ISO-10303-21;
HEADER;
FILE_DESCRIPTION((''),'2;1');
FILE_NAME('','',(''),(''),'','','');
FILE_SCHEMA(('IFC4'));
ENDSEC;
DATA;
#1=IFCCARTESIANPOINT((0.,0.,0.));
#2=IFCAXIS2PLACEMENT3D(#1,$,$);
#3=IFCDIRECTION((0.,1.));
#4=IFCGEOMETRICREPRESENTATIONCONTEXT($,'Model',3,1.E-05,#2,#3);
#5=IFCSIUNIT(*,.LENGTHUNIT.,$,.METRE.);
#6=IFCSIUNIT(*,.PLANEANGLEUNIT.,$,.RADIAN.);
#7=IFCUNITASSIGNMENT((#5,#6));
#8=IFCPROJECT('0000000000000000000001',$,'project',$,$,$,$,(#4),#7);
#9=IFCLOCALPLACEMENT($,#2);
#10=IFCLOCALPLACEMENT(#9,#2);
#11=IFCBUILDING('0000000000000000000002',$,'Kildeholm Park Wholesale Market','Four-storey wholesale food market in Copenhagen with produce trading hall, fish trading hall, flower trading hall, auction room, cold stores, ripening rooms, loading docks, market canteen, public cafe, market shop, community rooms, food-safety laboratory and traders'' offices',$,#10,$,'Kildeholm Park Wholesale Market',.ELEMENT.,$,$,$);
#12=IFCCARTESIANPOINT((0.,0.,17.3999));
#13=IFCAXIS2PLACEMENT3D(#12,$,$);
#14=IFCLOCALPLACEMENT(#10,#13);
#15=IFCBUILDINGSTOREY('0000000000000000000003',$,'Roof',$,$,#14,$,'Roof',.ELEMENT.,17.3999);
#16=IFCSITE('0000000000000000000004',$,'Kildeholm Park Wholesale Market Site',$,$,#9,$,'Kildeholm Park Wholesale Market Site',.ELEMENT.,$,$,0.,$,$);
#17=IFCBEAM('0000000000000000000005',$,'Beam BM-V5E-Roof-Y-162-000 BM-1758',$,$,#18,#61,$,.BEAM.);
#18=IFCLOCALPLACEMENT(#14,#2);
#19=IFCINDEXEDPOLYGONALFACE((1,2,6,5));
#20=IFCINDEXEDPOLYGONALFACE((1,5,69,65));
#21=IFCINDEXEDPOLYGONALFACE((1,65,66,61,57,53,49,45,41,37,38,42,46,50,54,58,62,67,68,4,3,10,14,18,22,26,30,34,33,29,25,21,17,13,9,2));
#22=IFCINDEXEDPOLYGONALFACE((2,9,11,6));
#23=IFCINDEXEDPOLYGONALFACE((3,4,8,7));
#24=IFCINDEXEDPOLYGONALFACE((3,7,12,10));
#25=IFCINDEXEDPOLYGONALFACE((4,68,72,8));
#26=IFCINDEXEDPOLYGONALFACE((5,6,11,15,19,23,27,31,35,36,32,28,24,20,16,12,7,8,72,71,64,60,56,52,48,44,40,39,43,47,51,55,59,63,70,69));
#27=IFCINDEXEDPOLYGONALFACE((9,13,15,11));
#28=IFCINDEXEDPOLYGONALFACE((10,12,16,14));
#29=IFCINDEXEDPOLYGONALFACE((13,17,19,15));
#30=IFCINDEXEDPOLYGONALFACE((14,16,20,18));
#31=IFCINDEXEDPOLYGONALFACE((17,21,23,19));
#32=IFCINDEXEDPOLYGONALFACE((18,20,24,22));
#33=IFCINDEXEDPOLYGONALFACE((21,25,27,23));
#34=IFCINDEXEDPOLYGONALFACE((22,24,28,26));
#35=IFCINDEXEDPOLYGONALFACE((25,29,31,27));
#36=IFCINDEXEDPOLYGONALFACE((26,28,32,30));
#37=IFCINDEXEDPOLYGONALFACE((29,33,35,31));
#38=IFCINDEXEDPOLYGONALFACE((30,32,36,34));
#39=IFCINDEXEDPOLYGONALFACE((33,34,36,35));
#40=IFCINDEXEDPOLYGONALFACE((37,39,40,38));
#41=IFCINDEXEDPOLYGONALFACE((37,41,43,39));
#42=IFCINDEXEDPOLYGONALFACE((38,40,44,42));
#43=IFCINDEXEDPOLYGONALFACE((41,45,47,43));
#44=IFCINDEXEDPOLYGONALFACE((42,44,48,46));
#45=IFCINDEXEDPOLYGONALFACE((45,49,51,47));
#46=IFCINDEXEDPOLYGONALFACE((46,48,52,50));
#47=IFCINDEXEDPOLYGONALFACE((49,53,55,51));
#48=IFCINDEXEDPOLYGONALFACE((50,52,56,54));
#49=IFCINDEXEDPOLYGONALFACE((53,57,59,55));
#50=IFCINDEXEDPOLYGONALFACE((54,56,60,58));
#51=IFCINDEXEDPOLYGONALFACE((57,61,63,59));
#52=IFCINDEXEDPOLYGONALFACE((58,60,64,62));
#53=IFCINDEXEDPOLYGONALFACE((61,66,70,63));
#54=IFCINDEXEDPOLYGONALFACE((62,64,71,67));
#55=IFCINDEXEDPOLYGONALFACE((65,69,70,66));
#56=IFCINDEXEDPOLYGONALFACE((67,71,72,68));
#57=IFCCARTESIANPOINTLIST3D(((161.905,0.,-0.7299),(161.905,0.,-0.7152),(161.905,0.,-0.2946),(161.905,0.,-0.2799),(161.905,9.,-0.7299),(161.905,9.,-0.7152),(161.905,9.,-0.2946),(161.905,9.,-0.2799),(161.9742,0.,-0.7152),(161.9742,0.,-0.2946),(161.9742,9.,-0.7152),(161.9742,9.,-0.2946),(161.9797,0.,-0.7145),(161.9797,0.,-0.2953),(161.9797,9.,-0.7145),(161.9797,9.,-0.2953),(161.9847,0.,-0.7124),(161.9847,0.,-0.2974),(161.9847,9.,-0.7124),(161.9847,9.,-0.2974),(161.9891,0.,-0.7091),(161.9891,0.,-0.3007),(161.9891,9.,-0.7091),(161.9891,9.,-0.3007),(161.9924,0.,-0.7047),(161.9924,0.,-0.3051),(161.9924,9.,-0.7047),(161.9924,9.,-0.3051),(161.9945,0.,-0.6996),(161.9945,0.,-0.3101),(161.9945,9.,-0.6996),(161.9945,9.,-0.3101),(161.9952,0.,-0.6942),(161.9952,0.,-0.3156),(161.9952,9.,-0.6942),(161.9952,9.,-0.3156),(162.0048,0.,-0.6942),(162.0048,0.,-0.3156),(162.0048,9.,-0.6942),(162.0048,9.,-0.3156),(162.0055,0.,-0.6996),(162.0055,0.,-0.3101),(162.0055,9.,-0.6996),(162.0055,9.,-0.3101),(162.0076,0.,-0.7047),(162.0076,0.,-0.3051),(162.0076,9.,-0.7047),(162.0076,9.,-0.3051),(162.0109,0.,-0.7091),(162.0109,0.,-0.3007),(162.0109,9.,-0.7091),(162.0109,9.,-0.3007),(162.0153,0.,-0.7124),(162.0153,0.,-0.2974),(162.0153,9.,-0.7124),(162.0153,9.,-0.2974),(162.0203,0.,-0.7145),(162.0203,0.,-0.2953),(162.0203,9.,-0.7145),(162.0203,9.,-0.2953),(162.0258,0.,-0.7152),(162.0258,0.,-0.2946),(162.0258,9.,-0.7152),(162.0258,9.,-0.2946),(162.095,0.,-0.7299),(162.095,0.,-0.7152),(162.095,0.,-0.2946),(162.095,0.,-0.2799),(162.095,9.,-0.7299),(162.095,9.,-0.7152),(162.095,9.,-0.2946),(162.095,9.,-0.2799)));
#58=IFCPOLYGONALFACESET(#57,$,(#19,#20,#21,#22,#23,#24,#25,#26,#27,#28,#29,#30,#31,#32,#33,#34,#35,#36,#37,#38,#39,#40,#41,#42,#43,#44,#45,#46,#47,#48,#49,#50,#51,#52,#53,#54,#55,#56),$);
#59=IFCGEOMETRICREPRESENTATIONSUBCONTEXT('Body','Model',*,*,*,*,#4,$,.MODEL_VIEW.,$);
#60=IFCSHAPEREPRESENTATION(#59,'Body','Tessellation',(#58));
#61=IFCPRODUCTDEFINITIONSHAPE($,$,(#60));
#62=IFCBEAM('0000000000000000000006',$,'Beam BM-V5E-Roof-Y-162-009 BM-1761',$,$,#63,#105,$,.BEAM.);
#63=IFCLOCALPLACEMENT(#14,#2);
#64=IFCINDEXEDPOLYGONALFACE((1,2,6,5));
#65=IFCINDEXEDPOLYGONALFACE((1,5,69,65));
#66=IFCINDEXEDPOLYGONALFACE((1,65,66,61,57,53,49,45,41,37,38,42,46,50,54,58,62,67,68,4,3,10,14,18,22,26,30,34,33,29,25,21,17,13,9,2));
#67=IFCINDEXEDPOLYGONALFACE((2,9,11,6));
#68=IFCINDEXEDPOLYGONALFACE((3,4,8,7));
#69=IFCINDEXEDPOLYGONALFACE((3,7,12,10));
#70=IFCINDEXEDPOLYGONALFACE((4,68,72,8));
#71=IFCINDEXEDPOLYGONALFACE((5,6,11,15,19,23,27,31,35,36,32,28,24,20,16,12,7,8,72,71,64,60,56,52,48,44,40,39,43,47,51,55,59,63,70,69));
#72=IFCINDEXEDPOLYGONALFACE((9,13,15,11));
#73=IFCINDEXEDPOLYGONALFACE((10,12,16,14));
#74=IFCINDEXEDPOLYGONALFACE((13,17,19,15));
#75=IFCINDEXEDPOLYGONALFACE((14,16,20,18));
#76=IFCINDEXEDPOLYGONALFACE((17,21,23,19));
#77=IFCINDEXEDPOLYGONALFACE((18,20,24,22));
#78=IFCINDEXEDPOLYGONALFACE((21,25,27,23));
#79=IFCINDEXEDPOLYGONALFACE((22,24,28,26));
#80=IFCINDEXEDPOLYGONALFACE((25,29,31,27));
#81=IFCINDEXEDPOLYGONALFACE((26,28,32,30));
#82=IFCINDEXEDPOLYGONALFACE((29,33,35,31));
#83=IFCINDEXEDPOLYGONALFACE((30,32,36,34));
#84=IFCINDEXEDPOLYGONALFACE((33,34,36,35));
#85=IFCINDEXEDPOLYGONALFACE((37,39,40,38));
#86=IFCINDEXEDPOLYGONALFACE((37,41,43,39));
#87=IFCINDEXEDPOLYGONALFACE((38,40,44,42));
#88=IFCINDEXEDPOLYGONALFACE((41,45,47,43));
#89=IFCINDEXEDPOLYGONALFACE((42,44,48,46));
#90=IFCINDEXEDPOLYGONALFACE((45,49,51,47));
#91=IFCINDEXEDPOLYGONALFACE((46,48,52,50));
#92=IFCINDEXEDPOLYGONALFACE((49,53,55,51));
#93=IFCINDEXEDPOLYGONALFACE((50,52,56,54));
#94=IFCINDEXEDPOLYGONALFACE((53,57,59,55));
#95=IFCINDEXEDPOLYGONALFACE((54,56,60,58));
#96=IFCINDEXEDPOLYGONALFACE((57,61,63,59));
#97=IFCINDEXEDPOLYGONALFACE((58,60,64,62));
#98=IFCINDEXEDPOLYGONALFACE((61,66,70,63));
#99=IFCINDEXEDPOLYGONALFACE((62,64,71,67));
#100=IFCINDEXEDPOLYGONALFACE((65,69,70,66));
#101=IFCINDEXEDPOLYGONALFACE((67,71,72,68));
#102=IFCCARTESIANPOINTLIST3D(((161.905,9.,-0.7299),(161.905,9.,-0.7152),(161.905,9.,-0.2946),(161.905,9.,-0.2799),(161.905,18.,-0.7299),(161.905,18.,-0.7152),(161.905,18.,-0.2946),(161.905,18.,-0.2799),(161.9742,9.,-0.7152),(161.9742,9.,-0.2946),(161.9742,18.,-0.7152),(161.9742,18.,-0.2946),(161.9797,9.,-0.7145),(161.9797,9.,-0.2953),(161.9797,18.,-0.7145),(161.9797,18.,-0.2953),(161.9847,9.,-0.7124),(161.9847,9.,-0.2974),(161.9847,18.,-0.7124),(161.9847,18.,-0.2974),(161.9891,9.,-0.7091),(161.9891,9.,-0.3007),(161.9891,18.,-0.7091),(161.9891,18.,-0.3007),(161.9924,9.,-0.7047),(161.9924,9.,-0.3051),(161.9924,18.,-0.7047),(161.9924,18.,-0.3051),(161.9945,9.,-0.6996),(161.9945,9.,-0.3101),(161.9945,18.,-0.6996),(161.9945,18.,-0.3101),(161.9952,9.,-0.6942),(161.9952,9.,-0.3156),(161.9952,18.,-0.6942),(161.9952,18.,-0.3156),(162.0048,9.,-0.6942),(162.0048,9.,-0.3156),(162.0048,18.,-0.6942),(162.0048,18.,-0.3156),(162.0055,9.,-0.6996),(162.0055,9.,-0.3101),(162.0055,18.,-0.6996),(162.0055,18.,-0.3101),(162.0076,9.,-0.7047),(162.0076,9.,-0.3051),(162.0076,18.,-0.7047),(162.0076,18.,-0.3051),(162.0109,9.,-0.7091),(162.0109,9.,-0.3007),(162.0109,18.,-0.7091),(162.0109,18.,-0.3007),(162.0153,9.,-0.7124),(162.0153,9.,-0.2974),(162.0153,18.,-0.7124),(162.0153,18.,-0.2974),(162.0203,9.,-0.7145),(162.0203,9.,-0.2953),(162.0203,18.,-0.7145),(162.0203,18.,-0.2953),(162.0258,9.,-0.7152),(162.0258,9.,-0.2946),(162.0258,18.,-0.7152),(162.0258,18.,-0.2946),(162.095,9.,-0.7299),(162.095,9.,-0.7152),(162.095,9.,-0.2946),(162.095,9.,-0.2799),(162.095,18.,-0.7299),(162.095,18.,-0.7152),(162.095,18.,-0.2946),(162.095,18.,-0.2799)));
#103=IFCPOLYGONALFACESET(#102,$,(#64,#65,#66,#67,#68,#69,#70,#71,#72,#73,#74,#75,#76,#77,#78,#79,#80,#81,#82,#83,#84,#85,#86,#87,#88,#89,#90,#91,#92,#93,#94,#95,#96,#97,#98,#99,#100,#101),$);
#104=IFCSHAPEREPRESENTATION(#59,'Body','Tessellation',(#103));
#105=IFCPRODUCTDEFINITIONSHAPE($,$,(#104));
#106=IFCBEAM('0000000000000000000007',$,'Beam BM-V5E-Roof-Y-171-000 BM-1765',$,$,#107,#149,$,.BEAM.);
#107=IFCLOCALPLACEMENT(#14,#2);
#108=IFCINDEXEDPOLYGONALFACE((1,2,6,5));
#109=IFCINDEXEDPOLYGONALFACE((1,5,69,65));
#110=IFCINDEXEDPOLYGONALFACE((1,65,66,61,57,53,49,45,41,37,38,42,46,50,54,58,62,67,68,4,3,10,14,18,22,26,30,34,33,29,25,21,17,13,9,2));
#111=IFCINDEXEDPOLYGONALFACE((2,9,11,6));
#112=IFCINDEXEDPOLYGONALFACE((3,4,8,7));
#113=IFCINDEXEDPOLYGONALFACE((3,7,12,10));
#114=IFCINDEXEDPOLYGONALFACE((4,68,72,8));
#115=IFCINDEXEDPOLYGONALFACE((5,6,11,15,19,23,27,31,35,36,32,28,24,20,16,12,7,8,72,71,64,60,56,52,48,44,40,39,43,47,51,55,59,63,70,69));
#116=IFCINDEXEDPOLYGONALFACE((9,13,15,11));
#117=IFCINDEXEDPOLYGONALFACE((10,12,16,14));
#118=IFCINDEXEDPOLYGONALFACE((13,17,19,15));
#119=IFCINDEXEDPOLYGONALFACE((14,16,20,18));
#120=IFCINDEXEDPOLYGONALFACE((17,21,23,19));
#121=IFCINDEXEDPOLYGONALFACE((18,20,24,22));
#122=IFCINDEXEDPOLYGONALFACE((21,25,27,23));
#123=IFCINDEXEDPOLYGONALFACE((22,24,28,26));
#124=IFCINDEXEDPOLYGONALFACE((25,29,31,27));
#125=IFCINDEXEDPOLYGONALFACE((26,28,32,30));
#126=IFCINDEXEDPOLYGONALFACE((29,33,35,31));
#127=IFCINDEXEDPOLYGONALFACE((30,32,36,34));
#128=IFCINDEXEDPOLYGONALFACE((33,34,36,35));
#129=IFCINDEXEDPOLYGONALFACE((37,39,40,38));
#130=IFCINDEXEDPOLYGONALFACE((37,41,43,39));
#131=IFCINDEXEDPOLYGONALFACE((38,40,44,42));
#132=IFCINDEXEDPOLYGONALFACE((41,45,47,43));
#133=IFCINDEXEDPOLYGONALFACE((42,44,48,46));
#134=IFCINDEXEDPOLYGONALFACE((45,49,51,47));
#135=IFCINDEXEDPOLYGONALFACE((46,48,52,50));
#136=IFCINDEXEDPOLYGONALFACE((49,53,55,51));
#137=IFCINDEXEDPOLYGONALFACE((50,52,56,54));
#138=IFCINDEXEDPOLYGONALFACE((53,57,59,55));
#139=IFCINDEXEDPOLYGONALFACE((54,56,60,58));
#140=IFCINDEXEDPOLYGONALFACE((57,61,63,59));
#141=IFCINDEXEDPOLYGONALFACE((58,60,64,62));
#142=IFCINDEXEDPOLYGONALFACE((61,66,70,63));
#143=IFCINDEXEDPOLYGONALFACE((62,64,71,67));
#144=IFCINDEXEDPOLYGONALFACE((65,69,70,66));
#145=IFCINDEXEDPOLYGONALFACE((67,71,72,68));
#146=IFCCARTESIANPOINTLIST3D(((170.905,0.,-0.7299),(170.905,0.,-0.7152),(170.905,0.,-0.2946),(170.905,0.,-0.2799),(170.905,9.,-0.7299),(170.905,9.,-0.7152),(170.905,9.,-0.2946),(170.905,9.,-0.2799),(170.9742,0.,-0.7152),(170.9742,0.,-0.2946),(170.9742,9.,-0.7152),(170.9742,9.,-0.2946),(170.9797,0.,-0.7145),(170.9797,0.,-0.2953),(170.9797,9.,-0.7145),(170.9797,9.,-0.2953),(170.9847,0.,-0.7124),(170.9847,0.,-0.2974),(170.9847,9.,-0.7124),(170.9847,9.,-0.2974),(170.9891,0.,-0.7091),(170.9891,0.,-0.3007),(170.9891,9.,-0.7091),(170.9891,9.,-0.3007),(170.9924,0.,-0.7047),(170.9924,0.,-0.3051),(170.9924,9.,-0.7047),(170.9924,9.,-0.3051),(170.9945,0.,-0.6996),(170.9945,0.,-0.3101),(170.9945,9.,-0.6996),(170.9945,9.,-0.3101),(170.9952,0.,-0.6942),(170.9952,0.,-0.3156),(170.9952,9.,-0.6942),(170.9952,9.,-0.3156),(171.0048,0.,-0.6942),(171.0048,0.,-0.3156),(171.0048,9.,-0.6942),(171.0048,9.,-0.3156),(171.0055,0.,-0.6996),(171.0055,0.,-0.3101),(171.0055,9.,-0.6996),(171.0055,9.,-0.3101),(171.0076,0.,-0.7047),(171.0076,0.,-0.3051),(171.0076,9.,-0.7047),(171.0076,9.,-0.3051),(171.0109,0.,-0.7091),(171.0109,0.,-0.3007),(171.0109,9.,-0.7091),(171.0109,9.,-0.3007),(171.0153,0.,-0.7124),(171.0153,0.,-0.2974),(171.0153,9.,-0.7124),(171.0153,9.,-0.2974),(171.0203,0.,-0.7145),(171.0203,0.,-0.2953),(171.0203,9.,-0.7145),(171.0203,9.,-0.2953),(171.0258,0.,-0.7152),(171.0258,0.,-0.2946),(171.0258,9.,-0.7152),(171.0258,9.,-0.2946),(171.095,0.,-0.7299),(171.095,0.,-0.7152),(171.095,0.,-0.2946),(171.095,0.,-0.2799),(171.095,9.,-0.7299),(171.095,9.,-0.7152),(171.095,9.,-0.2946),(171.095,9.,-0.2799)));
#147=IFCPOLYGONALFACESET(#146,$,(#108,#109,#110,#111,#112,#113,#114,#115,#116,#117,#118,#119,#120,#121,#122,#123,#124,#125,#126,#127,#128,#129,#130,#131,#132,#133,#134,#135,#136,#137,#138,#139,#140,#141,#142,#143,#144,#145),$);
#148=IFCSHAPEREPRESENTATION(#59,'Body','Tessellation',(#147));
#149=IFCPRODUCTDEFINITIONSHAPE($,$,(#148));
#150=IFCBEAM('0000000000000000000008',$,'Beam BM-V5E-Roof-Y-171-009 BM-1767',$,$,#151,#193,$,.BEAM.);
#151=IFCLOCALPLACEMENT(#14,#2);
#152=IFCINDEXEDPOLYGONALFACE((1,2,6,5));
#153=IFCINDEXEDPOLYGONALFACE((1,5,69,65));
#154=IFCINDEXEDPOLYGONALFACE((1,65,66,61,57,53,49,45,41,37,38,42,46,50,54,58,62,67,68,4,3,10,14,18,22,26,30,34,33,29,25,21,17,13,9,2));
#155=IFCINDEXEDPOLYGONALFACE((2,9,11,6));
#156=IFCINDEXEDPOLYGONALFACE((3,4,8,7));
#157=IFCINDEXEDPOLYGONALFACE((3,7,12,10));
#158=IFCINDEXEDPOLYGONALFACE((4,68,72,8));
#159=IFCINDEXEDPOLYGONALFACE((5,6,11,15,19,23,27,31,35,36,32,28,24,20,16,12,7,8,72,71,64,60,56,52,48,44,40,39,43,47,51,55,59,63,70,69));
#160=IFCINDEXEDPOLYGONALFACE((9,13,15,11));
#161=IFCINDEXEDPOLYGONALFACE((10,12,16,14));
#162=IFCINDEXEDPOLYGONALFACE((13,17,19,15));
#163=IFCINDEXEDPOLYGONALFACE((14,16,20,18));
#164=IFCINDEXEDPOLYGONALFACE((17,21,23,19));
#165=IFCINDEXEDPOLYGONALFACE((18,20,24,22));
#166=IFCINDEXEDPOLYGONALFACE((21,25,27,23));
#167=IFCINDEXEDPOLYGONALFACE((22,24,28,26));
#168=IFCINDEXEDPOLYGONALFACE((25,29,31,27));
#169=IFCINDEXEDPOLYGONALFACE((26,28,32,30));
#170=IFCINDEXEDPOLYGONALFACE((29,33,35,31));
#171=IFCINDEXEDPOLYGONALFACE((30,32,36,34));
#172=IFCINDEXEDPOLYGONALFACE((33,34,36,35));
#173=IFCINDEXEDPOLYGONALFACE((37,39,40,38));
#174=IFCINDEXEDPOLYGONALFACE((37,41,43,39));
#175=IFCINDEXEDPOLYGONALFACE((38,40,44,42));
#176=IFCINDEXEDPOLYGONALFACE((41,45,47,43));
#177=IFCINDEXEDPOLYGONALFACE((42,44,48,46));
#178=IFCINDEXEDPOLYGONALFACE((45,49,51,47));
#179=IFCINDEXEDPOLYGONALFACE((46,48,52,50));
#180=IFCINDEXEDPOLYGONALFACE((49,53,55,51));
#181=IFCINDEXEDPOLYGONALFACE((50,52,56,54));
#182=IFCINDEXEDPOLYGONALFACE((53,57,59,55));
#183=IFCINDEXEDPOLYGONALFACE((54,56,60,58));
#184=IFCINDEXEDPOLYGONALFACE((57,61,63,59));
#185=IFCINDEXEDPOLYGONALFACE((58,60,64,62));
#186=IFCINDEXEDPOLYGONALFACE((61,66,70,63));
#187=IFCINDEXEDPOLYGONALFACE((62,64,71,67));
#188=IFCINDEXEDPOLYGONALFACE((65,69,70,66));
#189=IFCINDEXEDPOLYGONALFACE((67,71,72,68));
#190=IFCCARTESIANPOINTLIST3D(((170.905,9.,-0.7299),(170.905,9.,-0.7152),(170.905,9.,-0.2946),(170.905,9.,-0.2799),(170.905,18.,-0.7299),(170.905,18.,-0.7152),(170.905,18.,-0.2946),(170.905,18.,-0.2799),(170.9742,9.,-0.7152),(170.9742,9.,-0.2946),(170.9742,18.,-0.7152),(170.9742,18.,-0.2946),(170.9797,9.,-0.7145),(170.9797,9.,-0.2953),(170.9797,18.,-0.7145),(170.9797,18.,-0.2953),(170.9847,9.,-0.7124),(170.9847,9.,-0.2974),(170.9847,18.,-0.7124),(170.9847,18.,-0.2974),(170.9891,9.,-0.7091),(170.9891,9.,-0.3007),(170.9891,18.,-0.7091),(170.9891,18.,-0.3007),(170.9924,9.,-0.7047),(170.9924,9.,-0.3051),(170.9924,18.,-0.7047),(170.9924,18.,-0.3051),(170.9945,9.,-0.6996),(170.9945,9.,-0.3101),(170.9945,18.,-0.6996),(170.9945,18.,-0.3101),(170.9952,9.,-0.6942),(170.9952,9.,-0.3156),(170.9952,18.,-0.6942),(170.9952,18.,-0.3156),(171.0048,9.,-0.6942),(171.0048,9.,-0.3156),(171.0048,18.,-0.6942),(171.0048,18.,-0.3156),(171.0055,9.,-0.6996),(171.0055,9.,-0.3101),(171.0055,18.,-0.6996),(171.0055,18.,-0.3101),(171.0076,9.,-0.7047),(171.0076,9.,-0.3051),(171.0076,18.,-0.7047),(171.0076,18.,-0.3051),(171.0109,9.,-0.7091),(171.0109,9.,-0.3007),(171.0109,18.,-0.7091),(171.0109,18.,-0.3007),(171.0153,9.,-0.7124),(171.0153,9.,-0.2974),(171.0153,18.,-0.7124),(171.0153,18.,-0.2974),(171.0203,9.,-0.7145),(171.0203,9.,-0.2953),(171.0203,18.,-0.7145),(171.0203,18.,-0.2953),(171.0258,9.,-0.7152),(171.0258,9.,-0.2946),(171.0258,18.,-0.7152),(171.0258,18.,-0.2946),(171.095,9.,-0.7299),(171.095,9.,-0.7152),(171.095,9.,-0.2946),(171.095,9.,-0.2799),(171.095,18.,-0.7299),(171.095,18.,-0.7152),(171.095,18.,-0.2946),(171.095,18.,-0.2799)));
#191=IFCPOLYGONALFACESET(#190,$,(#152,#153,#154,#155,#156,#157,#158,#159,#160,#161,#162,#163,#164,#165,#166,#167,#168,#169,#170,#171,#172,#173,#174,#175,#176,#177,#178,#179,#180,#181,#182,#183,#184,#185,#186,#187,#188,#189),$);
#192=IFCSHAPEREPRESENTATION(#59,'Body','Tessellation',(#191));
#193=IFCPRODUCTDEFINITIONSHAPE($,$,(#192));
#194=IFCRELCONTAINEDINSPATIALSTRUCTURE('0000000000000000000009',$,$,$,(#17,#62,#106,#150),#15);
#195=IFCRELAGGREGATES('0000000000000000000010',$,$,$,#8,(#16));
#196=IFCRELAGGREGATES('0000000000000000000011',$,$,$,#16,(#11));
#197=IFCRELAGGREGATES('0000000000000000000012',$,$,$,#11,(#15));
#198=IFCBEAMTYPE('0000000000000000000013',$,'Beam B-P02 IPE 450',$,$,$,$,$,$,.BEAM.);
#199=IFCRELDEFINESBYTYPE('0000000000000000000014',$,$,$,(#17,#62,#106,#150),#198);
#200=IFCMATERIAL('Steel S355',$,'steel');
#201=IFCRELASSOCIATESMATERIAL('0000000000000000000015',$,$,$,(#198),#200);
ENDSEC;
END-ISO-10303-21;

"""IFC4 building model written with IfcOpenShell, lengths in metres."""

from ifc_helpers import new_model, si_unit, direction, frame, origin, origin_2d, place, context, subcontext, project, spatial, i_section, extrude, material, material_profile, profile_set, type_object, element, save


model = new_model("IFC4")

# Units and contexts
model_context = context("Model", 3, precision=1e-05, world=origin(), true_north=direction((0.0, 1.0)))
body_context = subcontext(model_context, "Body", "Model", "MODEL_VIEW")
ifc_project = project(units=[si_unit("LENGTHUNIT", "METRE"), si_unit("PLANEANGLEUNIT", "RADIAN")], contexts=[model_context])

# Site, building, storey
site_placement = place(None, origin())
site = spatial("IfcSite", under=ifc_project, at=site_placement, Name="Kildeholm Park Wholesale Market Site", LongName="Kildeholm Park Wholesale Market Site", CompositionType="ELEMENT", RefElevation=0.0)
building_placement = place(site_placement, origin())
building = spatial("IfcBuilding", under=site, at=building_placement, Name="Kildeholm Park Wholesale Market", Description="Four-storey wholesale food market in Copenhagen with produce trading hall, fish trading hall, flower trading hall, auction room, cold stores, ripening rooms, loading docks, market canteen, public cafe, market shop, community rooms, food-safety laboratory and traders' offices", LongName="Kildeholm Park Wholesale Market", CompositionType="ELEMENT")
storey_placement = place(building_placement, frame((0.0, 0.0, 17.3999)))
storey = spatial("IfcBuildingStorey", under=building, at=storey_placement, Name="Roof", LongName="Roof", CompositionType="ELEMENT", Elevation=17.3999)

# Beams
ifc_material = material(Name="Steel S355", Category="steel")
ifc_material_profile_1 = material_profile(ifc_material, i_section(OverallWidth=0.1899, OverallDepth=0.45, WebThickness=0.0095, FlangeThickness=0.0146, FilletRadius=0.021, at=origin_2d()), Name="IPE 450")
ifc_profile_set_1 = profile_set([ifc_material_profile_1], Name="Steel S355")
beam_type_1 = type_object("IfcBeamType", Name="Beam B-P02 IPE 450", PredefinedType="BEAM", material=ifc_profile_set_1)
for number, where, z_axis, x_axis, name in (
    (1, (162.0, 0.0, -0.5049), (0.0, 1.0, 0.0), (-1.0, 0.0, 0.0), "Beam BM-V5E-Roof-Y-162-000 BM-1758"),
    (2, (162.0, 9.0, -0.5049), (0.0, 1.0, 0.0), (-1.0, 0.0, 0.0), "Beam BM-V5E-Roof-Y-162-009 BM-1761"),
    (3, (171.0, 0.0, -0.5049), (0.0, 1.0, 0.0), (-1.0, 0.0, 0.0), "Beam BM-V5E-Roof-Y-171-000 BM-1765"),
    (4, (171.0, 9.0, -0.5049), (0.0, 1.0, 0.0), (-1.0, 0.0, 0.0), "Beam BM-V5E-Roof-Y-171-009 BM-1767"),
):
    element("IfcBeam", number, at=place(storey_placement, frame(where, z_axis=z_axis, x_axis=x_axis)), inside=storey, type_object=beam_type_1, Name=name, PredefinedType="BEAM", context=body_context, shape_type="SweptSolid", body=[
        extrude(i_section(OverallWidth=0.1899, OverallDepth=0.45, WebThickness=0.0095, FlangeThickness=0.0146, FilletRadius=0.021, at=origin_2d()), origin(), (0.0, 0.0, 1.0), 9.0),
    ])

save(model, "model.ifc")
